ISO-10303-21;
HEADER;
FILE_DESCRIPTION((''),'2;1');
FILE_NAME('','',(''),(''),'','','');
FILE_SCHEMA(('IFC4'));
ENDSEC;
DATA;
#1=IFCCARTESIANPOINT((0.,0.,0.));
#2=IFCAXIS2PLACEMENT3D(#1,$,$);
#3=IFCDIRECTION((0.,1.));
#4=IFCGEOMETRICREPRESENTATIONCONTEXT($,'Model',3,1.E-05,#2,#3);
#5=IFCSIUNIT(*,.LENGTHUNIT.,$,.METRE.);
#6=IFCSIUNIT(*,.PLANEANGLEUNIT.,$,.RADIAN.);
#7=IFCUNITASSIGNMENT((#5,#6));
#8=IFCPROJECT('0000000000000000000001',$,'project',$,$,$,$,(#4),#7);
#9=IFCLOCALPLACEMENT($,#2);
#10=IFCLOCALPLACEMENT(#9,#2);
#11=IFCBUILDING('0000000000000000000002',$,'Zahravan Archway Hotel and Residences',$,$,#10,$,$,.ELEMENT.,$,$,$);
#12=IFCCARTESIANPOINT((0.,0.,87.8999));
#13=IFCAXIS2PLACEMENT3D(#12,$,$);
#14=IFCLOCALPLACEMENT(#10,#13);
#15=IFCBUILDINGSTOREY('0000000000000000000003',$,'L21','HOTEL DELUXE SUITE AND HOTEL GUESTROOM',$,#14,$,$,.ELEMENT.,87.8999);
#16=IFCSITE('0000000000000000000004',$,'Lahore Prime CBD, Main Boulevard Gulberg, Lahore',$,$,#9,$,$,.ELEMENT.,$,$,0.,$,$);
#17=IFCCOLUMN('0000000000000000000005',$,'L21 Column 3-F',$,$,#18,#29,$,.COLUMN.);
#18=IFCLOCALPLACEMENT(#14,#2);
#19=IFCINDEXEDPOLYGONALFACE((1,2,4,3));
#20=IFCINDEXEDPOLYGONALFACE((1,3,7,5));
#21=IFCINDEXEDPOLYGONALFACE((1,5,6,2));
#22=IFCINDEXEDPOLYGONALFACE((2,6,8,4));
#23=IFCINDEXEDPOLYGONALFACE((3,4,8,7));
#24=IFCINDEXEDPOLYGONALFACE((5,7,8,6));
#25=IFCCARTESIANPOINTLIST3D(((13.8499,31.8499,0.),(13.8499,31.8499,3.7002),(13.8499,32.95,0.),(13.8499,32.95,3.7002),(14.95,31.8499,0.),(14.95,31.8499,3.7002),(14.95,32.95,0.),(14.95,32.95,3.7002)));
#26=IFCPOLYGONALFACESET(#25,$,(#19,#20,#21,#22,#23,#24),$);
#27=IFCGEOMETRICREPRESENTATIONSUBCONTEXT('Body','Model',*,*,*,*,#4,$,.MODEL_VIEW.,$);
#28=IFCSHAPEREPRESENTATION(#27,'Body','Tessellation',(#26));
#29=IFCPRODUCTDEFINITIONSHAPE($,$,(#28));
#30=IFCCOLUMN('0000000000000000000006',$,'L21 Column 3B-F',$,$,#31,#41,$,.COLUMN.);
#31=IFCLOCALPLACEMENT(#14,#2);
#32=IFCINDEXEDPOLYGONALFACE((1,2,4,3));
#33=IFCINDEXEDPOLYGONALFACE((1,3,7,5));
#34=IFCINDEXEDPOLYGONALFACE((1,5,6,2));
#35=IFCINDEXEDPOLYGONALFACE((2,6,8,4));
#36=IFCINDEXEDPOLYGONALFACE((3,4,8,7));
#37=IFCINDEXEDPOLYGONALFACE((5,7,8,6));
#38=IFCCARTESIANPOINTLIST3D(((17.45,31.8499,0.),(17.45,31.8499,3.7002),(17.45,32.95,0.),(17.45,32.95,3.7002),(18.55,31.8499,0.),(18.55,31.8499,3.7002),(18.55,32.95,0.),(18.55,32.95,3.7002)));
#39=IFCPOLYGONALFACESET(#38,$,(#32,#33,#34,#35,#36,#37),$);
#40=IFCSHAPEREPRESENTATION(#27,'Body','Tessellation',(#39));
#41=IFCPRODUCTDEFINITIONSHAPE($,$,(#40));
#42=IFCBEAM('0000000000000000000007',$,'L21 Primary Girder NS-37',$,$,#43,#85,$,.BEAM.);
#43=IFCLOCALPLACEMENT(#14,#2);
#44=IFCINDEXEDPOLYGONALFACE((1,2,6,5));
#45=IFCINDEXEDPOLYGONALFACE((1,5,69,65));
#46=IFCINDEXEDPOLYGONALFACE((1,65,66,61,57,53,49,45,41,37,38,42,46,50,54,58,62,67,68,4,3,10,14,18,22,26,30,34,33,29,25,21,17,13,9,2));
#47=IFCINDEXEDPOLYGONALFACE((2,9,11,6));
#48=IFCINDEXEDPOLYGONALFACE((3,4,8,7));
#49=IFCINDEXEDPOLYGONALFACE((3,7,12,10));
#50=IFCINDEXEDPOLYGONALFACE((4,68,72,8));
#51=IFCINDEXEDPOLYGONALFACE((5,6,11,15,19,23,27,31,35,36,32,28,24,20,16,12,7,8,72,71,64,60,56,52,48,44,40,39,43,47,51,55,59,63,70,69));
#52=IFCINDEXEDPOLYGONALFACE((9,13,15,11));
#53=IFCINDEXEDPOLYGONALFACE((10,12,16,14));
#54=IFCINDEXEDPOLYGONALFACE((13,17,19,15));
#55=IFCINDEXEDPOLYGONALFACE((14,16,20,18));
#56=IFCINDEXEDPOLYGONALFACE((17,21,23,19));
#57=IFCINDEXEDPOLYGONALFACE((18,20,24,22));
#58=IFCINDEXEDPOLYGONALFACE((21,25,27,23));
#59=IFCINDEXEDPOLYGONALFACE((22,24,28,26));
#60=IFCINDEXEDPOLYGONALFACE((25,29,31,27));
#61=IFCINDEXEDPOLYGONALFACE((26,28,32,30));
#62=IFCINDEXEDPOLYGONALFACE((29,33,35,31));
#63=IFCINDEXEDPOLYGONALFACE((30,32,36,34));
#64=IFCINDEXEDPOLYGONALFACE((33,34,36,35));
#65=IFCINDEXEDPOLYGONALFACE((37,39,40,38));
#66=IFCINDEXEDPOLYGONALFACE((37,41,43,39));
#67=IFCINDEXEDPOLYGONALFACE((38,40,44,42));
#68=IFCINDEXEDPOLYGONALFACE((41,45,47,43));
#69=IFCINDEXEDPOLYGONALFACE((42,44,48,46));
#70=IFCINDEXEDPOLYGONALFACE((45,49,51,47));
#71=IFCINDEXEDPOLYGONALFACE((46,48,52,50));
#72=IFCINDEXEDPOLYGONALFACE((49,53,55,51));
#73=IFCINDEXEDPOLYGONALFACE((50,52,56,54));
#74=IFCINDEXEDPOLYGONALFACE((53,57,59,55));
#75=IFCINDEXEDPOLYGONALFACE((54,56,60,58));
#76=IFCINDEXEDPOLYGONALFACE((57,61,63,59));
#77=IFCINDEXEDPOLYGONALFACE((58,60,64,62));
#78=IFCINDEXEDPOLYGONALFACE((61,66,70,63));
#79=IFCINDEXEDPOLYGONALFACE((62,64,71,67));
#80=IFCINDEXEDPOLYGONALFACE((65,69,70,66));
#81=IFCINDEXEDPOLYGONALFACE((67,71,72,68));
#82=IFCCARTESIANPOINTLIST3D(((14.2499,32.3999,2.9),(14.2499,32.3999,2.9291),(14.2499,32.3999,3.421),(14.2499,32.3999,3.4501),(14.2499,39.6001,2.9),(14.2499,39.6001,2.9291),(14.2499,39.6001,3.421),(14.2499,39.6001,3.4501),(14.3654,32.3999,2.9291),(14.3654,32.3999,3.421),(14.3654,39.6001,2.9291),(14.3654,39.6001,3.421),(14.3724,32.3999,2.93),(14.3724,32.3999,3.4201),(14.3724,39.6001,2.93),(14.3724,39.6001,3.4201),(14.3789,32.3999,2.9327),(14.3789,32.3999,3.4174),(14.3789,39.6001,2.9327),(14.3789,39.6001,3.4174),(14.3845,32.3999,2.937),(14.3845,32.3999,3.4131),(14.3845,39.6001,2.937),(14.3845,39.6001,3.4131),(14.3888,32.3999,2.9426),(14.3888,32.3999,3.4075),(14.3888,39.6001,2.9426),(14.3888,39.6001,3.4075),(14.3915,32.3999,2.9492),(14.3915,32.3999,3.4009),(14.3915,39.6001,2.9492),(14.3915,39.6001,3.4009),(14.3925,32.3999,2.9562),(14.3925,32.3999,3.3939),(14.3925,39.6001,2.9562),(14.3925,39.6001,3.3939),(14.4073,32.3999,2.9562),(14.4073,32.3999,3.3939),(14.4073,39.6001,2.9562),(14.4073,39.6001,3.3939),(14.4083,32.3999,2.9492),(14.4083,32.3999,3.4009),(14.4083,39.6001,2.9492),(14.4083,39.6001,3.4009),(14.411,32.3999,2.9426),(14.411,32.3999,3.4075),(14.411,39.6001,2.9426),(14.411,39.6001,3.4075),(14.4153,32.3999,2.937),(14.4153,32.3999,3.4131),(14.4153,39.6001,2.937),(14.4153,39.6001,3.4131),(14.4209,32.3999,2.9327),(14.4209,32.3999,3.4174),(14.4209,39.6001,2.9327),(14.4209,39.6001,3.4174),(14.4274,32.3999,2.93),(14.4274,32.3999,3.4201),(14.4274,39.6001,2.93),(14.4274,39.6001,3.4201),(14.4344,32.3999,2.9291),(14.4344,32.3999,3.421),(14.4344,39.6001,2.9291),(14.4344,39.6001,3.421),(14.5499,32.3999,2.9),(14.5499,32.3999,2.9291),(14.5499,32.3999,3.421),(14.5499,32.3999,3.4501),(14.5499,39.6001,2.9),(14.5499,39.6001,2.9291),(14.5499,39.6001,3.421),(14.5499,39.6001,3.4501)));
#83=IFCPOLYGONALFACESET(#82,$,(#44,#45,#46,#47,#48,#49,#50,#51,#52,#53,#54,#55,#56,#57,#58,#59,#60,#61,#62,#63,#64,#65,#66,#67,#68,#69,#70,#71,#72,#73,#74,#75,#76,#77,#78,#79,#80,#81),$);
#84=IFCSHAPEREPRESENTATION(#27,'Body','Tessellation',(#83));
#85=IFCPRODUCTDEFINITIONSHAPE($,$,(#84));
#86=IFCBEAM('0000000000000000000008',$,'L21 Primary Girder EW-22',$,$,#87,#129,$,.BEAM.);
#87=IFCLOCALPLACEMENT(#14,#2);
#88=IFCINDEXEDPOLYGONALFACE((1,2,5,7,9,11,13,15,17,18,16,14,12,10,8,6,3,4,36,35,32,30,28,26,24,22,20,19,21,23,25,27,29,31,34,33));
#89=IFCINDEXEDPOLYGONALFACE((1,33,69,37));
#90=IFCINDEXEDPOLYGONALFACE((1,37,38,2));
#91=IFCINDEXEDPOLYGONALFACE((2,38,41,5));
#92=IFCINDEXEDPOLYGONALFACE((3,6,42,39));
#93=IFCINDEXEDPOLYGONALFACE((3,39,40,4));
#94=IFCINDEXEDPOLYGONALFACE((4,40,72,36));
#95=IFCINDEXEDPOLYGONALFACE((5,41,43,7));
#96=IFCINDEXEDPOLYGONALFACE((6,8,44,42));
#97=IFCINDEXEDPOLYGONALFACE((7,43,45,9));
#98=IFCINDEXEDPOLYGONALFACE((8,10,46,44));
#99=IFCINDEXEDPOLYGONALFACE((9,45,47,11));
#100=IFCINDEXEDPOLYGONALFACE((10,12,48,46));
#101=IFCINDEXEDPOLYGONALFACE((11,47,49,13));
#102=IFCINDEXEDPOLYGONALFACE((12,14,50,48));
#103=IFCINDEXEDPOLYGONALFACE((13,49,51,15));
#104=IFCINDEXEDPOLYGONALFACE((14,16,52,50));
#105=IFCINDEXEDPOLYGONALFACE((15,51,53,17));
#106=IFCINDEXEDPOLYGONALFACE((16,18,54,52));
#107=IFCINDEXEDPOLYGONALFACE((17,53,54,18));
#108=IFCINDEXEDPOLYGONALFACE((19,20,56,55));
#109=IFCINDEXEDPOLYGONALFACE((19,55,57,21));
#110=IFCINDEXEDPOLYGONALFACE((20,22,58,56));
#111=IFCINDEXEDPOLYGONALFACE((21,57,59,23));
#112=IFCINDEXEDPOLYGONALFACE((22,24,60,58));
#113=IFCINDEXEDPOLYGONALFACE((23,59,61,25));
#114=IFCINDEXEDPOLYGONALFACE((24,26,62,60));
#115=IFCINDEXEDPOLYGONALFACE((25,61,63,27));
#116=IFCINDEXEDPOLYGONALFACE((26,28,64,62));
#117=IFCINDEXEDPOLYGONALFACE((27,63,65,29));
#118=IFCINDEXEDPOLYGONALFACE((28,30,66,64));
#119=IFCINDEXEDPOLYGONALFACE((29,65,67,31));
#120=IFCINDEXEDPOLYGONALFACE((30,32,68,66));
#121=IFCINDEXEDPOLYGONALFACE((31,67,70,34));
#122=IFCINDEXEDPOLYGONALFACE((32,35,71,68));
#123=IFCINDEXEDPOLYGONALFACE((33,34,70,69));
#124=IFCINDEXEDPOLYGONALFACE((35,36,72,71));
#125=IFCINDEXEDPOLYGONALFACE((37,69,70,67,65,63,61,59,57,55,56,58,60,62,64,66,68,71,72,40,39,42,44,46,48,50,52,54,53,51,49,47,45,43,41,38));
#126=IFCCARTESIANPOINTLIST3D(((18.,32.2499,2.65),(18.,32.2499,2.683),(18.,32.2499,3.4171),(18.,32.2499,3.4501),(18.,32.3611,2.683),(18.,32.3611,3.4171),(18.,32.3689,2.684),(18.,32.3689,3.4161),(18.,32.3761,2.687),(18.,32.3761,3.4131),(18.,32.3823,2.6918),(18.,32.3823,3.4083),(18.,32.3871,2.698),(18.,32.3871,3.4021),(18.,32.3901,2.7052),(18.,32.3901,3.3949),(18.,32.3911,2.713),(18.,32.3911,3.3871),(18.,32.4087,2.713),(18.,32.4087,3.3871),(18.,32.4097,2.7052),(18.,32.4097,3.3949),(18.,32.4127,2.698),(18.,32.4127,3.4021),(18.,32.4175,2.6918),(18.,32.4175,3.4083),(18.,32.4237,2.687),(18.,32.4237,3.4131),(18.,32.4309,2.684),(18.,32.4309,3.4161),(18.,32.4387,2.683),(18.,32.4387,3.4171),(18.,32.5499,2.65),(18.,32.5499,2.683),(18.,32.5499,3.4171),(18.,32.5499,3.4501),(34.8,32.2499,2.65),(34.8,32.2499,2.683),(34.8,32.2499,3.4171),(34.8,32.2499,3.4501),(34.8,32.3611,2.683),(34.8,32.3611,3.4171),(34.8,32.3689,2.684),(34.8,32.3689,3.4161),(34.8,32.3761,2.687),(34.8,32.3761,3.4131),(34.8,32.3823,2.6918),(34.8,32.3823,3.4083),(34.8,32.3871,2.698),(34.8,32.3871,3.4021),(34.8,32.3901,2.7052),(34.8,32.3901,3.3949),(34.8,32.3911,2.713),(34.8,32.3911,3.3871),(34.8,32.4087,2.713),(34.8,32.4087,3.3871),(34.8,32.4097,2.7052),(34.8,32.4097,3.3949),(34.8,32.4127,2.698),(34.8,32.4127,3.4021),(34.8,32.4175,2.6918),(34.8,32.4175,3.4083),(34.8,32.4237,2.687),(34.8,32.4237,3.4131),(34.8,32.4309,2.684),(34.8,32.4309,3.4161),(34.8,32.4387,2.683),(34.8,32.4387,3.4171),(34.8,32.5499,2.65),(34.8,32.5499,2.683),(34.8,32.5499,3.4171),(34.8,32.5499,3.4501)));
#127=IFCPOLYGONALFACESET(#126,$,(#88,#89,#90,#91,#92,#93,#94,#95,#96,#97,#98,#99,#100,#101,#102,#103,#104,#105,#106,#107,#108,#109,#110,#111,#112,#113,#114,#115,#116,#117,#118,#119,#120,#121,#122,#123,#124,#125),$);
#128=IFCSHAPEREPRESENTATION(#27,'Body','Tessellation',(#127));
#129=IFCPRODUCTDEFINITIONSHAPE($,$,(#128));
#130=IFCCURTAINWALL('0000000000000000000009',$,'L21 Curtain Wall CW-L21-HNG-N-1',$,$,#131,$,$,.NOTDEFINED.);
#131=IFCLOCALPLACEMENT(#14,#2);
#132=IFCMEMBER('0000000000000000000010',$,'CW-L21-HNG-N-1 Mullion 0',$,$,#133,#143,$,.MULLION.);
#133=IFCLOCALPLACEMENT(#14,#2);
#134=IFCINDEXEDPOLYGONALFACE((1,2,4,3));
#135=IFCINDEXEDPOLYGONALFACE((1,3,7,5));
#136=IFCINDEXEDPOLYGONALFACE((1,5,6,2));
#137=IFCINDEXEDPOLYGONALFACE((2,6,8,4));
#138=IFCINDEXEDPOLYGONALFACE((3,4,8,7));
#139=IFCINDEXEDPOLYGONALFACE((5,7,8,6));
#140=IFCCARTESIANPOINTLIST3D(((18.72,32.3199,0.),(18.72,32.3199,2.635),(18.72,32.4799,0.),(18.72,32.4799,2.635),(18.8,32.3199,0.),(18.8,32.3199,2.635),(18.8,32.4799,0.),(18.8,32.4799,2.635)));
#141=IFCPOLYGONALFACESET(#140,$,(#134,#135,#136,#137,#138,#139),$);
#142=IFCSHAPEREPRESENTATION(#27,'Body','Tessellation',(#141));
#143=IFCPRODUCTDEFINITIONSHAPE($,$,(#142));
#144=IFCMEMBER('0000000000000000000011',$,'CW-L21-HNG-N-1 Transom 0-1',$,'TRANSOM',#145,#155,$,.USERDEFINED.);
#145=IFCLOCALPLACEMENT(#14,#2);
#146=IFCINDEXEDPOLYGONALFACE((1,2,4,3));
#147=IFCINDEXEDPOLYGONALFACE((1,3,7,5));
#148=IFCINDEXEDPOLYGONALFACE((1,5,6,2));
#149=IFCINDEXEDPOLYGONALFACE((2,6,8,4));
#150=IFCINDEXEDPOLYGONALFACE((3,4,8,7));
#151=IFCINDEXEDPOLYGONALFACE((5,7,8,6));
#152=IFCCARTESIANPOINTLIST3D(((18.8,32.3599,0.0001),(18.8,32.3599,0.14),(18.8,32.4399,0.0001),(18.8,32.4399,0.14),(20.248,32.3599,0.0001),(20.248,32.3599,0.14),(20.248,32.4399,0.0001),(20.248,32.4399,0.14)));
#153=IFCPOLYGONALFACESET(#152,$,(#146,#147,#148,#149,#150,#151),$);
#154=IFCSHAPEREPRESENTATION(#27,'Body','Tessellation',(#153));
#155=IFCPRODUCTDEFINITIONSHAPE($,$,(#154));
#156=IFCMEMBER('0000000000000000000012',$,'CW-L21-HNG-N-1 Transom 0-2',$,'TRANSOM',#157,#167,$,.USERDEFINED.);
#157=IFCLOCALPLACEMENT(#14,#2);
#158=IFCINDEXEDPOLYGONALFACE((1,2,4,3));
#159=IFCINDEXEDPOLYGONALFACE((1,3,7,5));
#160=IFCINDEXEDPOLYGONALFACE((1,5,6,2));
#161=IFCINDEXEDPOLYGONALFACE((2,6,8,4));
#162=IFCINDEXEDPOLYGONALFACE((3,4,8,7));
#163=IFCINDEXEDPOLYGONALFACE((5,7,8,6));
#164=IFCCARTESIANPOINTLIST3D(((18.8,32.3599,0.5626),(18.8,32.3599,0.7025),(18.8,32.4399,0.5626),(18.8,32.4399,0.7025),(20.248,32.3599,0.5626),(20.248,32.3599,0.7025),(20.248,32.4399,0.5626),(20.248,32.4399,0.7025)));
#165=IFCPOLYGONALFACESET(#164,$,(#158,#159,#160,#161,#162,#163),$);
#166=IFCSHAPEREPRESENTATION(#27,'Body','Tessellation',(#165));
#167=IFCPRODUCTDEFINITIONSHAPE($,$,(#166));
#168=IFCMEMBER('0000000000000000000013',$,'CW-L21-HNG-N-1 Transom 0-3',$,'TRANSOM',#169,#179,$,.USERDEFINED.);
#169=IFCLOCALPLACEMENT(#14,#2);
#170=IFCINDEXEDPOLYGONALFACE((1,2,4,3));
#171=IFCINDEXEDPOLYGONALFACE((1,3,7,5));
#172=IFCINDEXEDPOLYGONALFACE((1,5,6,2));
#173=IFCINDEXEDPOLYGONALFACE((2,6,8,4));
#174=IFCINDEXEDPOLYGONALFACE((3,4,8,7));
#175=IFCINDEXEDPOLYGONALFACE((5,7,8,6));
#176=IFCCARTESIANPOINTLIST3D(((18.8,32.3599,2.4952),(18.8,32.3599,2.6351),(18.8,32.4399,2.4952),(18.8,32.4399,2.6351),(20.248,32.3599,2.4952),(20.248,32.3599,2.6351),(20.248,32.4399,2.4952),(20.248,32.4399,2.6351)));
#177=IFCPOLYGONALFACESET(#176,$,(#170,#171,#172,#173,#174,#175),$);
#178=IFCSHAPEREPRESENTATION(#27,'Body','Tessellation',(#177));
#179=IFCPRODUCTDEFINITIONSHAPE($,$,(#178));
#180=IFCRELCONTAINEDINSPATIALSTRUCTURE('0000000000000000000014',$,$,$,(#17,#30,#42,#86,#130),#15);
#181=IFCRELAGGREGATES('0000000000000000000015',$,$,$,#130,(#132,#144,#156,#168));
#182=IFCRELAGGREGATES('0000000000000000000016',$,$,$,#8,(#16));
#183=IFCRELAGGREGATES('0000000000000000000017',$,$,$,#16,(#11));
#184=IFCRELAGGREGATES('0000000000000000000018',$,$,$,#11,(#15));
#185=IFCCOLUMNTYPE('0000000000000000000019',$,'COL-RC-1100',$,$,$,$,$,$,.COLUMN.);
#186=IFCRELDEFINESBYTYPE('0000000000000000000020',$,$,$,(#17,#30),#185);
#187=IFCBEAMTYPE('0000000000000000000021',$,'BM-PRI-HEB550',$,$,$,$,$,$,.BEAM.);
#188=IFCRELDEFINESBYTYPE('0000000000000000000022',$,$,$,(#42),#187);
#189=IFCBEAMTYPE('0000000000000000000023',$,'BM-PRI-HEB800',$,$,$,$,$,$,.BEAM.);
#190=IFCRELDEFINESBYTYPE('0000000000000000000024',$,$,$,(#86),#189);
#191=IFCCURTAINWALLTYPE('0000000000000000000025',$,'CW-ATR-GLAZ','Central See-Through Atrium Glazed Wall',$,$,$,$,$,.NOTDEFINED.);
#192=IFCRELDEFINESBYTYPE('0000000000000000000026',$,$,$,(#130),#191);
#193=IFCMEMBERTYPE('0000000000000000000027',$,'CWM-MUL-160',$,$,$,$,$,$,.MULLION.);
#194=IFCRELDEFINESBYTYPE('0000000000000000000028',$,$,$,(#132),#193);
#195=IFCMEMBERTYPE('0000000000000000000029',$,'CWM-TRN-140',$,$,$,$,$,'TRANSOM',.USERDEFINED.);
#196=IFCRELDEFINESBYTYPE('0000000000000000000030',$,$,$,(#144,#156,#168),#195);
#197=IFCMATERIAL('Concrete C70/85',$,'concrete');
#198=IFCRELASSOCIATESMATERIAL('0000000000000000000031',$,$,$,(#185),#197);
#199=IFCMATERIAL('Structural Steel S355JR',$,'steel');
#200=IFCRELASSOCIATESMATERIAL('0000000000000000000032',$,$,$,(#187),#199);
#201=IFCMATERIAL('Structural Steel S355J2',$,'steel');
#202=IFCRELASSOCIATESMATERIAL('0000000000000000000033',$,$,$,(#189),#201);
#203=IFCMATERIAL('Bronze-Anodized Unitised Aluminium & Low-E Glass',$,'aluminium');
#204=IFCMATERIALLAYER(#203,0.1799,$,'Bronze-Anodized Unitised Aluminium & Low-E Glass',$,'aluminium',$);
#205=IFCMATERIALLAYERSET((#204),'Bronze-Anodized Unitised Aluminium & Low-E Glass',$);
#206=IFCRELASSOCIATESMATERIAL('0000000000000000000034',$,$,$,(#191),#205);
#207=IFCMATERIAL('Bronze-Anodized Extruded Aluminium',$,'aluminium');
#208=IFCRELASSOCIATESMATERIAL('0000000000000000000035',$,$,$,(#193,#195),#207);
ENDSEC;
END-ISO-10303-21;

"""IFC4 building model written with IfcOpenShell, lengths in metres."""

from ifc_helpers import new_model, si_unit, direction, frame, origin, origin_2d, place, context, subcontext, project, spatial, rectangle, i_section, extrude, source, transform, mapped, material, layer, layer_set, material_profile, profile_set, type_object, type_shapes, element, aggregate, save


model = new_model("IFC4")

# Units and contexts
model_context = context("Model", 3, precision=1e-05, world=origin(), true_north=direction((0.0, 1.0)))
body_context = subcontext(model_context, "Body", "Model", "MODEL_VIEW")
ifc_project = project(units=[si_unit("LENGTHUNIT", "METRE"), si_unit("PLANEANGLEUNIT", "RADIAN")], contexts=[model_context])

# Site, building, storey
site_placement = place(None, origin())
site = spatial("IfcSite", under=ifc_project, at=site_placement, Name="Lahore Prime CBD, Main Boulevard Gulberg, Lahore", CompositionType="ELEMENT", RefElevation=0.0)
building_placement = place(site_placement, origin())
building = spatial("IfcBuilding", under=site, at=building_placement, Name="Zahravan Archway Hotel and Residences", CompositionType="ELEMENT")
storey_placement = place(building_placement, frame((0.0, 0.0, 87.8999)))
storey = spatial("IfcBuildingStorey", under=building, at=storey_placement, Name="L21", Description="HOTEL DELUXE SUITE AND HOTEL GUESTROOM", CompositionType="ELEMENT", Elevation=87.8999)

# Columns
ifc_material_1 = material(Name="Concrete C70/85", Category="concrete")
ifc_material_profile_1 = material_profile(ifc_material_1, rectangle(XDim=1.1001, YDim=1.1001, at=origin_2d()), Name="RC 1100x1100", Category="concrete")
ifc_profile_set_1 = profile_set([ifc_material_profile_1], Name="Concrete C70/85")
column_type = type_object("IfcColumnType", Name="COL-RC-1100", PredefinedType="COLUMN", material=ifc_profile_set_1)
shared_shape_1 = source(origin(), body_context, "Body", "SweptSolid", [
    extrude(rectangle(XDim=1.1001, YDim=1.1001, at=origin_2d()), origin(), (0.0, 0.0, 1.0), 3.7002),
])
for number, where, z_axis, x_axis, name in (
    (1, (14.3999, 32.3999, 0.0), (0.0, 0.0, 1.0), (1.0, 0.0, 0.0), "L21 Column 3-F"),
    (2, (18.0, 32.3999, 0.0), (0.0, 0.0, 1.0), (1.0, 0.0, 0.0), "L21 Column 3B-F"),
):
    element("IfcColumn", number, at=place(storey_placement, frame(where, z_axis=z_axis, x_axis=x_axis)), inside=storey, type_object=column_type, Name=name, PredefinedType="COLUMN", context=body_context, shape_type="MappedRepresentation", body=[
        mapped(shared_shape_1, transform((0.0, 0.0, 0.0), scale=1.0)),
    ])

# Beams
ifc_material_2 = material(Name="Structural Steel S355JR", Category="steel")
ifc_material_profile_2 = material_profile(ifc_material_2, i_section(OverallWidth=0.3, OverallDepth=0.55, WebThickness=0.0149, FlangeThickness=0.0291, FilletRadius=0.0271, at=origin_2d()), Name="HEB 550", Category="steel")
ifc_profile_set_2 = profile_set([ifc_material_profile_2], Name="Structural Steel S355JR")
beam_type_1 = type_object("IfcBeamType", Name="BM-PRI-HEB550", PredefinedType="BEAM", material=ifc_profile_set_2)
shared_shape_2 = source(origin(), body_context, "Body", "SweptSolid", [
    extrude(i_section(OverallWidth=0.3, OverallDepth=0.55, WebThickness=0.0149, FlangeThickness=0.0291, FilletRadius=0.0271, at=origin_2d()), origin(), (0.0, 0.0, 1.0), 7.2002),
])
type_shapes(beam_type_1, [shared_shape_2])
beam_1_placement = place(storey_placement, frame((14.3999, 32.3999, 3.175), z_axis=(0.0, 1.0, 0.0), x_axis=(-1.0, 0.0, 0.0)))
element("IfcBeam", 3, at=beam_1_placement, inside=storey, type_object=beam_type_1, Name="L21 Primary Girder NS-37", PredefinedType="BEAM", context=body_context, shape_type="MappedRepresentation", body=[
    mapped(shared_shape_2, transform((0.0, 0.0, 0.0), scale=1.0)),
])
ifc_material_3 = material(Name="Structural Steel S355J2", Category="steel")
ifc_material_profile_3 = material_profile(ifc_material_3, i_section(OverallWidth=0.3, OverallDepth=0.8, WebThickness=0.0176, FlangeThickness=0.033, FilletRadius=0.03, at=origin_2d()), Name="HEB 800", Category="steel")
ifc_profile_set_3 = profile_set([ifc_material_profile_3], Name="Structural Steel S355J2")
beam_type_2 = type_object("IfcBeamType", Name="BM-PRI-HEB800", PredefinedType="BEAM", material=ifc_profile_set_3)
shared_shape_3 = source(origin(), body_context, "Body", "SweptSolid", [
    extrude(i_section(OverallWidth=0.3, OverallDepth=0.8, WebThickness=0.0176, FlangeThickness=0.033, FilletRadius=0.03, at=origin_2d()), origin(), (0.0, 0.0, 1.0), 16.8),
])
type_shapes(beam_type_2, [shared_shape_3])
beam_2_placement = place(storey_placement, frame((18.0, 32.3999, 3.05), z_axis=(1.0, 0.0, 0.0), x_axis=(0.0, 1.0, 0.0)))
element("IfcBeam", 4, at=beam_2_placement, inside=storey, type_object=beam_type_2, Name="L21 Primary Girder EW-22", PredefinedType="BEAM", context=body_context, shape_type="MappedRepresentation", body=[
    mapped(shared_shape_3, transform((0.0, 0.0, 0.0), scale=1.0)),
])

# Curtain wall, members
ifc_material_4 = material(Name="Bronze-Anodized Unitised Aluminium & Low-E Glass", Category="aluminium")
ifc_layer_1 = layer(ifc_material_4, 0.1799, Name="Bronze-Anodized Unitised Aluminium & Low-E Glass", Category="aluminium")
ifc_layer_set_1 = layer_set([ifc_layer_1], Name="Bronze-Anodized Unitised Aluminium & Low-E Glass")
curtain_wall_type = type_object("IfcCurtainWallType", Name="CW-ATR-GLAZ", Description="Central See-Through Atrium Glazed Wall", PredefinedType="NOTDEFINED", material=ifc_layer_set_1)
curtain_wall_1_placement = place(storey_placement, origin())
curtain_wall_1 = element("IfcCurtainWall", 5, at=curtain_wall_1_placement, inside=storey, type_object=curtain_wall_type, Name="L21 Curtain Wall CW-L21-HNG-N-1", PredefinedType="NOTDEFINED")
ifc_material_5 = material(Name="Bronze-Anodized Extruded Aluminium", Category="aluminium")
ifc_material_profile_4 = material_profile(ifc_material_5, rectangle(XDim=0.0801, YDim=0.1599, at=origin_2d()), Name="MUL 80x160", Category="aluminium")
ifc_profile_set_4 = profile_set([ifc_material_profile_4], Name="Bronze-Anodized Extruded Aluminium")
member_type_1 = type_object("IfcMemberType", Name="CWM-MUL-160", PredefinedType="MULLION", material=ifc_profile_set_4)
shared_shape_4 = source(origin(), body_context, "Body", "SweptSolid", [
    extrude(rectangle(XDim=0.0801, YDim=0.1599, at=origin_2d()), origin(), (0.0, 0.0, 1.0), 2.635),
])
member_1_placement = place(storey_placement, frame((18.76, 32.3999, 0.0), z_axis=(0.0, 0.0, 1.0), x_axis=(1.0, 0.0, 0.0)))
member_1 = element("IfcMember", 6, at=member_1_placement, type_object=member_type_1, Name="CW-L21-HNG-N-1 Mullion 0", PredefinedType="MULLION", context=body_context, shape_type="MappedRepresentation", body=[
    mapped(shared_shape_4, transform((0.0, 0.0, 0.0), scale=1.0)),
])
ifc_material_profile_5 = material_profile(ifc_material_5, rectangle(XDim=0.0801, YDim=0.1399, at=origin_2d()), Name="TRN 80x140", Category="aluminium")
ifc_profile_set_5 = profile_set([ifc_material_profile_5], Name="Bronze-Anodized Extruded Aluminium")
member_type_2 = type_object("IfcMemberType", Name="CWM-TRN-140", ElementType="TRANSOM", PredefinedType="USERDEFINED", material=ifc_profile_set_5)
shared_shape_5 = source(origin(), body_context, "Body", "SweptSolid", [
    extrude(rectangle(XDim=0.0801, YDim=0.1399, at=origin_2d()), origin(), (0.0, 0.0, 1.0), 1.448),
])
member_2_placement = place(storey_placement, frame((18.8, 32.3999, 0.0701), z_axis=(1.0, 0.0, 0.0), x_axis=(0.0, 1.0, 0.0)))
member_2 = element("IfcMember", 7, at=member_2_placement, type_object=member_type_2, Name="CW-L21-HNG-N-1 Transom 0-1", ObjectType="TRANSOM", PredefinedType="USERDEFINED", context=body_context, shape_type="MappedRepresentation", body=[
    mapped(shared_shape_5, transform((0.0, 0.0, 0.0), scale=1.0)),
])
member_3_placement = place(storey_placement, frame((18.8, 32.3999, 0.6326), z_axis=(1.0, 0.0, 0.0), x_axis=(0.0, 1.0, 0.0)))
member_3 = element("IfcMember", 8, at=member_3_placement, type_object=member_type_2, Name="CW-L21-HNG-N-1 Transom 0-2", ObjectType="TRANSOM", PredefinedType="USERDEFINED", context=body_context, shape_type="MappedRepresentation", body=[
    mapped(shared_shape_5, transform((0.0, 0.0, 0.0), scale=1.0)),
])
member_4_placement = place(storey_placement, frame((18.8, 32.3999, 2.5652), z_axis=(1.0, 0.0, 0.0), x_axis=(0.0, 1.0, 0.0)))
member_4 = element("IfcMember", 9, at=member_4_placement, type_object=member_type_2, Name="CW-L21-HNG-N-1 Transom 0-3", ObjectType="TRANSOM", PredefinedType="USERDEFINED", context=body_context, shape_type="MappedRepresentation", body=[
    mapped(shared_shape_5, transform((0.0, 0.0, 0.0), scale=1.0)),
])

aggregate(curtain_wall_1, [member_1, member_2, member_3, member_4])

save(model, "model.ifc")
